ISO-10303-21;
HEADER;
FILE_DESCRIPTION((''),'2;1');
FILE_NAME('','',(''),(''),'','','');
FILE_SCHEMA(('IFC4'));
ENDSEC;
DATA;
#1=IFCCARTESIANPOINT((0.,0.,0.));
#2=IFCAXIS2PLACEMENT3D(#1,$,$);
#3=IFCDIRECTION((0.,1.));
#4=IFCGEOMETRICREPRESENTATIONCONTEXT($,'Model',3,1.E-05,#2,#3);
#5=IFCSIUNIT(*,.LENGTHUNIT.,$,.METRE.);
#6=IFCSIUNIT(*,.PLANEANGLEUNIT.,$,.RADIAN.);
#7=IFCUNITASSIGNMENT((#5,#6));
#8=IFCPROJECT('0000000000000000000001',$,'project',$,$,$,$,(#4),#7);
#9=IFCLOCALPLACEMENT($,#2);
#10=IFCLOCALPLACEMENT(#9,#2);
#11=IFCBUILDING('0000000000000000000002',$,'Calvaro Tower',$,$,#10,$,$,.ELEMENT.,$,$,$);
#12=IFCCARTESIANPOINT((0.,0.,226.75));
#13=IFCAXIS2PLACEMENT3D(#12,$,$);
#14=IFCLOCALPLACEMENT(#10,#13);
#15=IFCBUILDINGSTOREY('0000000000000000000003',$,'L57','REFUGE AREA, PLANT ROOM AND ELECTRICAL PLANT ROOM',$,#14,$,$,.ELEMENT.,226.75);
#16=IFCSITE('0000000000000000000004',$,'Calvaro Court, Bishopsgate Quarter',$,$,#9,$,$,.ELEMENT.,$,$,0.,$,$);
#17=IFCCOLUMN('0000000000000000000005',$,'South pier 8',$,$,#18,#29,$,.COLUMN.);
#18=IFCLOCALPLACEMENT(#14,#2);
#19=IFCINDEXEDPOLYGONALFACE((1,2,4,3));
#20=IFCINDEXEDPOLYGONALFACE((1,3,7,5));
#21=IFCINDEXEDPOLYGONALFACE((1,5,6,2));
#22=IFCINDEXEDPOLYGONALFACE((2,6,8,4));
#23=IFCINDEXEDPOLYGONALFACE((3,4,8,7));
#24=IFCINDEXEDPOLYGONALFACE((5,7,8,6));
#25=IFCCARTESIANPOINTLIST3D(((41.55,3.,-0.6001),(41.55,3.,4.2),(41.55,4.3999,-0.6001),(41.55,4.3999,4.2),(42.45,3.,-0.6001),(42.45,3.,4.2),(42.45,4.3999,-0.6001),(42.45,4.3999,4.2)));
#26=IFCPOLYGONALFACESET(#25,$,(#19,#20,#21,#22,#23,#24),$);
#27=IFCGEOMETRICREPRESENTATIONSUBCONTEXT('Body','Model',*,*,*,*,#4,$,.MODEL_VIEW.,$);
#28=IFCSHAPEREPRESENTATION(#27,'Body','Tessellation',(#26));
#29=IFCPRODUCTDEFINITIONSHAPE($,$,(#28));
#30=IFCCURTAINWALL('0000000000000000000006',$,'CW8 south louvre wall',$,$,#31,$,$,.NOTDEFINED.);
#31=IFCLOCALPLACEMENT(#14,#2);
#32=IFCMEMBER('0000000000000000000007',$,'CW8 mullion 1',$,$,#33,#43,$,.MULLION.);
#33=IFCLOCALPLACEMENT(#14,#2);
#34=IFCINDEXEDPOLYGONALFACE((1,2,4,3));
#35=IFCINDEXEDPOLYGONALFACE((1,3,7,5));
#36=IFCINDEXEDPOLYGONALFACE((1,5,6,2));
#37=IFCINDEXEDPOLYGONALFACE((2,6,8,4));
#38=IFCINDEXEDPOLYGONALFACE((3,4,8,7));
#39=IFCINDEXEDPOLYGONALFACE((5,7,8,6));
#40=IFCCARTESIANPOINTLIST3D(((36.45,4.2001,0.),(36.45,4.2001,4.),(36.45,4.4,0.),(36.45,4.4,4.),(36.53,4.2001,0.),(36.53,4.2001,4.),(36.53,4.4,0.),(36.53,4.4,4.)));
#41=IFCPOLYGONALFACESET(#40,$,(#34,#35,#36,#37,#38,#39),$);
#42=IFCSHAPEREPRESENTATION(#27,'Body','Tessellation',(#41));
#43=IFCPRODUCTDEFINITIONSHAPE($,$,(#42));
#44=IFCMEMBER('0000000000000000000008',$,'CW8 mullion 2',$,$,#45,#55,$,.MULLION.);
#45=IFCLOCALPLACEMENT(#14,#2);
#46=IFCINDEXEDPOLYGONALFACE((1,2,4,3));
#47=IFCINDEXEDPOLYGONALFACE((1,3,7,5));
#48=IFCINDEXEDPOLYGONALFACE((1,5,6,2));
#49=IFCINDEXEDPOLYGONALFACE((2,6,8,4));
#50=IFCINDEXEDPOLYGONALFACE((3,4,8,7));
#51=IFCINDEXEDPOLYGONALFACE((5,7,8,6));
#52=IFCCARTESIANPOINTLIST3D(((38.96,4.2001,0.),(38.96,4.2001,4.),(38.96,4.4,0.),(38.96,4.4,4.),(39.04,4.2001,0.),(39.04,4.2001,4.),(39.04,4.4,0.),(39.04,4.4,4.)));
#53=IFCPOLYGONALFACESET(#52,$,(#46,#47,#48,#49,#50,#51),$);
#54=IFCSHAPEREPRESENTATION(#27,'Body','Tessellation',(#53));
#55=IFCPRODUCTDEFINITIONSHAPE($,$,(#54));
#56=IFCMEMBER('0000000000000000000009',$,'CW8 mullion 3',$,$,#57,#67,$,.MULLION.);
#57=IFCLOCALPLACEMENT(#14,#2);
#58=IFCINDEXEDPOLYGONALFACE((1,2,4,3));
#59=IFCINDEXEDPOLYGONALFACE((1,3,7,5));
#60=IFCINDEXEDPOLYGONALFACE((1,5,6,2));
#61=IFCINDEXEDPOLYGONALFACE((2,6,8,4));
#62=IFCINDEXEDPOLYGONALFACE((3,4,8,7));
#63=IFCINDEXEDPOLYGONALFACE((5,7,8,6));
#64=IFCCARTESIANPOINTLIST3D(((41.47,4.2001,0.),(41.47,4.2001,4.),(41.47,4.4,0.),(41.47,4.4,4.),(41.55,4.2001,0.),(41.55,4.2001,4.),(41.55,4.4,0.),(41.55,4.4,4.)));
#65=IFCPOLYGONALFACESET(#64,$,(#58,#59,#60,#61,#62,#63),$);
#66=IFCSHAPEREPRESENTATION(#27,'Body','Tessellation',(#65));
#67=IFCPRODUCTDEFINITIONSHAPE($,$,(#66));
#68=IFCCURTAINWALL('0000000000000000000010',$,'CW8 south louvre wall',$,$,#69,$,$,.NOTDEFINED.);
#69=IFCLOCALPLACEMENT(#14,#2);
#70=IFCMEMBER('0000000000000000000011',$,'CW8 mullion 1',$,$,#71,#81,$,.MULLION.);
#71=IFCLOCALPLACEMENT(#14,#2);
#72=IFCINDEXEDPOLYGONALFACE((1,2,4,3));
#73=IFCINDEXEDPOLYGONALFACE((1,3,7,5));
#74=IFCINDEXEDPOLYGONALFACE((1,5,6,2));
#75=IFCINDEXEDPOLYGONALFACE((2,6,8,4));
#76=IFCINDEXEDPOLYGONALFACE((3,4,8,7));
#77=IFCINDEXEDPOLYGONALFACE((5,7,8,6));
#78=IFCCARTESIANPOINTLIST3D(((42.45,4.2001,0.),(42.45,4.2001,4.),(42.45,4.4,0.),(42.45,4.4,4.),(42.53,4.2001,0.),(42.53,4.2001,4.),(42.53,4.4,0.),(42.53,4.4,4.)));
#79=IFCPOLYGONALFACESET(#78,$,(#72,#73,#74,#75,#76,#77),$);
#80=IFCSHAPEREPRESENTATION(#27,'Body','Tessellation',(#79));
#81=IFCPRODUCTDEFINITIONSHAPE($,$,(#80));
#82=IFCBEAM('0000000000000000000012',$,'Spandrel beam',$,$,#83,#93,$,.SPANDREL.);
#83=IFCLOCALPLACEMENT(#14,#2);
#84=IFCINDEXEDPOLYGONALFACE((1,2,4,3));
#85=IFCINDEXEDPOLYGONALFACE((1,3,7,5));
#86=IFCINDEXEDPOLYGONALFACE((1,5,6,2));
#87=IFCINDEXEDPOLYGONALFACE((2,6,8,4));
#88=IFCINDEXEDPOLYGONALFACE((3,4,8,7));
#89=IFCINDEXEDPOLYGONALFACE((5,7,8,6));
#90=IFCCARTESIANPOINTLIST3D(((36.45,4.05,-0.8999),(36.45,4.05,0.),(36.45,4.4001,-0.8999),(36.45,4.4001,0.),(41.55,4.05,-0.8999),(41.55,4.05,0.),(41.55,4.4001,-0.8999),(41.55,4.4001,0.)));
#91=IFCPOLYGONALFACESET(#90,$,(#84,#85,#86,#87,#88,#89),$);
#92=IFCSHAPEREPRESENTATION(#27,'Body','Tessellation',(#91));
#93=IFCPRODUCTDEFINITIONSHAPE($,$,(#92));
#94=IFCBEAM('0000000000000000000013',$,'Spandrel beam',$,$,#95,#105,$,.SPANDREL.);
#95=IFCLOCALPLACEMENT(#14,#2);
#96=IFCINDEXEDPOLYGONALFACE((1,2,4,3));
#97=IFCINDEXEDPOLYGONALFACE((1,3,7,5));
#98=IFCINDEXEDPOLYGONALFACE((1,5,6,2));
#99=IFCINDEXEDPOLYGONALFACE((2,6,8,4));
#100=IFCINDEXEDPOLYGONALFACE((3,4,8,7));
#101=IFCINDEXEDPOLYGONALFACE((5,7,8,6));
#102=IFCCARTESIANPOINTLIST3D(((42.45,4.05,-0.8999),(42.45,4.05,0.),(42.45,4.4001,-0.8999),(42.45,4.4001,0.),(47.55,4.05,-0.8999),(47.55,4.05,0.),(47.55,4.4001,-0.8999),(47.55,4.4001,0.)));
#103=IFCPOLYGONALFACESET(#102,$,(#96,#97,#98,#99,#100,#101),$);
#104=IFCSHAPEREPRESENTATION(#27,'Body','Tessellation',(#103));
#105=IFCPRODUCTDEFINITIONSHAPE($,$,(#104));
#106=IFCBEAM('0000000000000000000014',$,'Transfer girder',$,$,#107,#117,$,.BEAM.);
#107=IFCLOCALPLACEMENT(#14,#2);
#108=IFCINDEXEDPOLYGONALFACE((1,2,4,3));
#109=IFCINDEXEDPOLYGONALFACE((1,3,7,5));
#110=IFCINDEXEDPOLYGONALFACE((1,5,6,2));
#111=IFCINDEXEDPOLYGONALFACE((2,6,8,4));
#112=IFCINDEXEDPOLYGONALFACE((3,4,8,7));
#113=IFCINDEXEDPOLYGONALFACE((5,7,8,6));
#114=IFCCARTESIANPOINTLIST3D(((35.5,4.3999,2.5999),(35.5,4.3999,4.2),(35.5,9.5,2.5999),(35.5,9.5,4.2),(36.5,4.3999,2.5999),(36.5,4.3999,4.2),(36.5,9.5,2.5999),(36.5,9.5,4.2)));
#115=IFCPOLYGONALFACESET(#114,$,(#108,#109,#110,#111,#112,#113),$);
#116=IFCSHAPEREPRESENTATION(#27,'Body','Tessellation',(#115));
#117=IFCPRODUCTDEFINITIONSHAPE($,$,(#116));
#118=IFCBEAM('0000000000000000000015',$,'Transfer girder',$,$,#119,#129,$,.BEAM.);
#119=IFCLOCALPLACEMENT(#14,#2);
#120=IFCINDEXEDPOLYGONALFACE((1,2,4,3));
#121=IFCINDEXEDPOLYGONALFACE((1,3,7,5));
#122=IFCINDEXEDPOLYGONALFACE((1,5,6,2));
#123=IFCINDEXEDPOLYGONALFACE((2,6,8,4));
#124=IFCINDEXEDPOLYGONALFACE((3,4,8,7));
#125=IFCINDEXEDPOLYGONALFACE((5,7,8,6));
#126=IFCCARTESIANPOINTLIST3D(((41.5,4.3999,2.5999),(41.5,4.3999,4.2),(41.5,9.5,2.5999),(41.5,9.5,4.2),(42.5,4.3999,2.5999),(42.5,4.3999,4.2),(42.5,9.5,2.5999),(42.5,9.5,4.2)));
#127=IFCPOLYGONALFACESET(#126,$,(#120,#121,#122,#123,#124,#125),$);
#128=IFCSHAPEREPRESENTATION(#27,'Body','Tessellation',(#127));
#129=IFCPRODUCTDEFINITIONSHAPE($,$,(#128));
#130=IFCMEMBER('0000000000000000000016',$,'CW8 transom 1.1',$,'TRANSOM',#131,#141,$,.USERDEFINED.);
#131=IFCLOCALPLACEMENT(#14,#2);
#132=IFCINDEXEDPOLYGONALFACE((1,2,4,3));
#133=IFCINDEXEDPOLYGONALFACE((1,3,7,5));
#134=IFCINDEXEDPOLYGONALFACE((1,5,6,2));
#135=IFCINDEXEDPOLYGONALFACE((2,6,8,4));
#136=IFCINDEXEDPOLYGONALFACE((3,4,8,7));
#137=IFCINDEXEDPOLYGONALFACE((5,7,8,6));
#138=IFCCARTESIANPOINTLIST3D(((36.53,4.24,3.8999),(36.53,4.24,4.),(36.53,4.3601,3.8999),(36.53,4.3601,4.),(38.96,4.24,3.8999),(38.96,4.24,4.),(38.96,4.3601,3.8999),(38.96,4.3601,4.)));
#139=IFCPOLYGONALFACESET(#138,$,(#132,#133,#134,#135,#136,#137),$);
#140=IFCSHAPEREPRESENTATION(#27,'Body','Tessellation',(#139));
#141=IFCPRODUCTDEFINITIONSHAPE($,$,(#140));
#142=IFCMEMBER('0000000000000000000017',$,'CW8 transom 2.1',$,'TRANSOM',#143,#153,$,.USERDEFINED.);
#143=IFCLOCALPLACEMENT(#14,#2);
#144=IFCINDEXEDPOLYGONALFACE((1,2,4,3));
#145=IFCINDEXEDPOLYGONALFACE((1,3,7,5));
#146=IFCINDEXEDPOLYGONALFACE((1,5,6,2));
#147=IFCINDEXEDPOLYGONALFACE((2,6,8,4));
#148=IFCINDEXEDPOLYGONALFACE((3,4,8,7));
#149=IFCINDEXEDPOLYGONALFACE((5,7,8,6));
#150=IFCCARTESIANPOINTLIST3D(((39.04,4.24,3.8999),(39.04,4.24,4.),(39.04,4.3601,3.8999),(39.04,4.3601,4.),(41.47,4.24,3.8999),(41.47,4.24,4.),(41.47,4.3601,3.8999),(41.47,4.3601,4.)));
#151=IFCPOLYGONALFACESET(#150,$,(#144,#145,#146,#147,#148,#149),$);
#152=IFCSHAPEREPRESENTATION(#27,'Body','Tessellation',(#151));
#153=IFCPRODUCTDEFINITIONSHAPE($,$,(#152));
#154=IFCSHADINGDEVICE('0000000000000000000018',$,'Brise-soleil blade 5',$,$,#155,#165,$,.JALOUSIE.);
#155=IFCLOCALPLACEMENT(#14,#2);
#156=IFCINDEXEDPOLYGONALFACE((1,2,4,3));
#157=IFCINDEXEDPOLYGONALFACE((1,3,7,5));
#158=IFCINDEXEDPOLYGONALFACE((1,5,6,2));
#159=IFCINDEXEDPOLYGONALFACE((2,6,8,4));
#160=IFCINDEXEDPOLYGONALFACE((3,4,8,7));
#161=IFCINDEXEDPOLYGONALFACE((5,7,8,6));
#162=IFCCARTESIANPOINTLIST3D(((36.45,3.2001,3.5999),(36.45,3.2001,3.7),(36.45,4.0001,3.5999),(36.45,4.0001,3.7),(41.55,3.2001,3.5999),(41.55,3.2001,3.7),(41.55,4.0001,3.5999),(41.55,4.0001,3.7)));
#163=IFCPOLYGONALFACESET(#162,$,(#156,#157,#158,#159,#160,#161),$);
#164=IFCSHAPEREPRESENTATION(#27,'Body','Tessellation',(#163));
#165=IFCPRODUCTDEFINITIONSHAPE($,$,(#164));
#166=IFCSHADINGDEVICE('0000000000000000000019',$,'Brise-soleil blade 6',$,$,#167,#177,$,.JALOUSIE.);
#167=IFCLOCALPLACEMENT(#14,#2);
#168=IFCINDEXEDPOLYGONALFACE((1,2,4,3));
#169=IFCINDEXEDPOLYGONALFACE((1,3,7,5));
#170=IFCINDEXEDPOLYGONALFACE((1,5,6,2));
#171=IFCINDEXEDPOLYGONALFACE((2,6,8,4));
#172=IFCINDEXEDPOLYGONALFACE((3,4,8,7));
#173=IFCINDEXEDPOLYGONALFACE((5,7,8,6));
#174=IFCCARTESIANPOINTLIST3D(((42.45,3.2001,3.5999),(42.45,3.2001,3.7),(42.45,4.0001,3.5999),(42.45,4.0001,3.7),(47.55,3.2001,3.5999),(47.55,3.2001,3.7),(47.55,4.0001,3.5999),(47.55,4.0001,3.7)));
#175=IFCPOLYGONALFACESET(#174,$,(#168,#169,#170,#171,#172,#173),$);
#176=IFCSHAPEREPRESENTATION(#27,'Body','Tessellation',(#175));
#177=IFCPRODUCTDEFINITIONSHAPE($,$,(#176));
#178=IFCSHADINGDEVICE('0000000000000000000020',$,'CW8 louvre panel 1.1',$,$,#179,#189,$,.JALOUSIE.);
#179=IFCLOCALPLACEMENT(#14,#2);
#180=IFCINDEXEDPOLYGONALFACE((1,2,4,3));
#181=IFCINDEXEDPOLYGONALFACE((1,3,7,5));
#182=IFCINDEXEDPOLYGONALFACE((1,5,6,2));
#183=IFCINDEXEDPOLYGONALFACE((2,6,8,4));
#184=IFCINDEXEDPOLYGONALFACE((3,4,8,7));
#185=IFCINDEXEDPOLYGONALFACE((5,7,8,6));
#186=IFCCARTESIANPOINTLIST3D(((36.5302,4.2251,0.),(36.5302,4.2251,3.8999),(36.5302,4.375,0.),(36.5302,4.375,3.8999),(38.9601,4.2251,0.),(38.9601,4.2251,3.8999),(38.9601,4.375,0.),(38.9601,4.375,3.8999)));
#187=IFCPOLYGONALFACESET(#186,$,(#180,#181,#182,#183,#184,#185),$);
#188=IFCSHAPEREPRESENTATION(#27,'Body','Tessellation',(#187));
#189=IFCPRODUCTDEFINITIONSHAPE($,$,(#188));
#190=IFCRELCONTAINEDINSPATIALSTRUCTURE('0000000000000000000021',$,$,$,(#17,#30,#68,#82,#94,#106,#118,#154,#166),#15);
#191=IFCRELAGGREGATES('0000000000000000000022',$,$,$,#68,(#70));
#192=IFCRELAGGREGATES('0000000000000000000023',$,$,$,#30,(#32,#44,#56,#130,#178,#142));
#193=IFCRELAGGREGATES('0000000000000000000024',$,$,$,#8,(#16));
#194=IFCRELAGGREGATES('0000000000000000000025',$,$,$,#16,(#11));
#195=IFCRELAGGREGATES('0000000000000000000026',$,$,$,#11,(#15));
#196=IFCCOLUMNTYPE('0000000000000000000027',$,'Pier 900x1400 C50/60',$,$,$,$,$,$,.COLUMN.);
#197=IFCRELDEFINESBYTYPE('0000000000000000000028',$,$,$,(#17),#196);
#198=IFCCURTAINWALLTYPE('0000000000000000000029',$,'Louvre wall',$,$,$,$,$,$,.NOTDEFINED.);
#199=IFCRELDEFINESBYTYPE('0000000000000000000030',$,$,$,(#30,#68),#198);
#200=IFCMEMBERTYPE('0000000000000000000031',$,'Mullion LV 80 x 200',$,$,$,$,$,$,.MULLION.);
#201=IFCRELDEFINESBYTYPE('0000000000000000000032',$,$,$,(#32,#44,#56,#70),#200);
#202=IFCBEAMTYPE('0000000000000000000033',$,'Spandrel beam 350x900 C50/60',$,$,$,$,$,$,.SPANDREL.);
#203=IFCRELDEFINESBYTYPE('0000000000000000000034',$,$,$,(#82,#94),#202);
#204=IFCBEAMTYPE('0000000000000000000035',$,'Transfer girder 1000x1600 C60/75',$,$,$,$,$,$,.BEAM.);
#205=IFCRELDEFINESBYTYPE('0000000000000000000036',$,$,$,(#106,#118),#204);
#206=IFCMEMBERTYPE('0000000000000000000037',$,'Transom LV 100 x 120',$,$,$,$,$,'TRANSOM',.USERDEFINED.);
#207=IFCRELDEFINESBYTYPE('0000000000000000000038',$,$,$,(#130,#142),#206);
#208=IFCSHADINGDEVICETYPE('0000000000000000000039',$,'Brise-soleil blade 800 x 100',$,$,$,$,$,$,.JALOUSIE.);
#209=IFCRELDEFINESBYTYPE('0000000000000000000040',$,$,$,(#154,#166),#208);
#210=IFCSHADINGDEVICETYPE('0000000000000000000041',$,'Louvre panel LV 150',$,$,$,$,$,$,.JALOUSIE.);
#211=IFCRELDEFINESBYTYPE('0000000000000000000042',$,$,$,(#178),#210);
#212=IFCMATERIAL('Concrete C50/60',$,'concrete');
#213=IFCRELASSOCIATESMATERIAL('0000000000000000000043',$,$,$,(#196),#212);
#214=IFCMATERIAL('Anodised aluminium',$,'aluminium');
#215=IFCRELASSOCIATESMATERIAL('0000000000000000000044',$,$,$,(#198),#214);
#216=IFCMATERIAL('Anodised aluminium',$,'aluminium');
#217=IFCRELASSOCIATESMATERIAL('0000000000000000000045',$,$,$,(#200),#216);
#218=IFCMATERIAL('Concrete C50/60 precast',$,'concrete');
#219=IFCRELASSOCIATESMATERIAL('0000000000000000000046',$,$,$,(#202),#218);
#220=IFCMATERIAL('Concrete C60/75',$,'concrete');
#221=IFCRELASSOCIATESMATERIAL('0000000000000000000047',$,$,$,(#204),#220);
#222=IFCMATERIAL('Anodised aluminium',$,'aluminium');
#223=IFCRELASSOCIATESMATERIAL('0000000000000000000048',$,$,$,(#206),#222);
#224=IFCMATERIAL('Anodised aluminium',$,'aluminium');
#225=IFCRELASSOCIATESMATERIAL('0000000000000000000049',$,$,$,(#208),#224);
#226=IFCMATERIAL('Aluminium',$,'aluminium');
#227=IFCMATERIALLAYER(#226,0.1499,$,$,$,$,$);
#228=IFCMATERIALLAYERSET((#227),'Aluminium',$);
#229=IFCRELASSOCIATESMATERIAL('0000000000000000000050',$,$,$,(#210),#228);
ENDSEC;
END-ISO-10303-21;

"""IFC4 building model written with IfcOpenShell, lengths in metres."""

from ifc_helpers import new_model, si_unit, direction, frame, origin, origin_2d, place, context, subcontext, project, spatial, rectangle, extrude, material, layer, layer_set, material_profile, profile_set, type_object, element, aggregate, save


model = new_model("IFC4")

# Units and contexts
model_context = context("Model", 3, precision=1e-05, world=origin(), true_north=direction((0.0, 1.0)))
body_context = subcontext(model_context, "Body", "Model", "MODEL_VIEW")
ifc_project = project(units=[si_unit("LENGTHUNIT", "METRE"), si_unit("PLANEANGLEUNIT", "RADIAN")], contexts=[model_context])

# Site, building, storey
site_placement = place(None, origin())
site = spatial("IfcSite", under=ifc_project, at=site_placement, Name="Calvaro Court, Bishopsgate Quarter", CompositionType="ELEMENT", RefElevation=0.0)
building_placement = place(site_placement, origin())
building = spatial("IfcBuilding", under=site, at=building_placement, Name="Calvaro Tower", CompositionType="ELEMENT")
storey_placement = place(building_placement, frame((0.0, 0.0, 226.75)))
storey = spatial("IfcBuildingStorey", under=building, at=storey_placement, Name="L57", Description="REFUGE AREA, PLANT ROOM AND ELECTRICAL PLANT ROOM", CompositionType="ELEMENT", Elevation=226.75)

# Column
ifc_material_1 = material(Name="Concrete C50/60", Category="concrete")
ifc_material_profile_1 = material_profile(ifc_material_1, rectangle(XDim=0.8999, YDim=1.3999, at=origin_2d()), Name="RC 900x1400")
ifc_profile_set_1 = profile_set([ifc_material_profile_1], Name="Concrete C50/60")
column_type = type_object("IfcColumnType", Name="Pier 900x1400 C50/60", PredefinedType="COLUMN", material=ifc_profile_set_1)
column_placement = place(storey_placement, frame((42.0, 3.7, -0.6001), z_axis=(0.0, 0.0, 1.0), x_axis=(1.0, 0.0, 0.0)))
element("IfcColumn", 1, at=column_placement, inside=storey, type_object=column_type, Name="South pier 8", PredefinedType="COLUMN", context=body_context, shape_type="SweptSolid", body=[
    extrude(rectangle(XDim=0.8999, YDim=1.3999, at=origin_2d()), origin(), (0.0, 0.0, 1.0), 4.8),
])

# Curtain wall, members
ifc_material_2 = material(Name="Anodised aluminium", Category="aluminium")
curtain_wall_type = type_object("IfcCurtainWallType", Name="Louvre wall", PredefinedType="NOTDEFINED", material=ifc_material_2)
curtain_wall_1_placement = place(storey_placement, origin())
curtain_wall_1 = element("IfcCurtainWall", 2, at=curtain_wall_1_placement, inside=storey, type_object=curtain_wall_type, Name="CW8 south louvre wall", PredefinedType="NOTDEFINED")
ifc_material_3 = material(Name="Anodised aluminium", Category="aluminium")
ifc_material_profile_2 = material_profile(ifc_material_3, rectangle(XDim=0.2, YDim=0.0801, at=origin_2d()), Name="Mullion LV 80 x 200")
ifc_profile_set_2 = profile_set([ifc_material_profile_2], Name="Anodised aluminium")
member_type_1 = type_object("IfcMemberType", Name="Mullion LV 80 x 200", PredefinedType="MULLION", material=ifc_profile_set_2)
member_1_placement = place(storey_placement, frame((36.49, 4.3, 0.0), z_axis=(0.0, 0.0, 1.0), x_axis=(0.0, 1.0, 0.0)))
member_1 = element("IfcMember", 3, at=member_1_placement, type_object=member_type_1, Name="CW8 mullion 1", PredefinedType="MULLION", context=body_context, shape_type="SweptSolid", body=[
    extrude(rectangle(XDim=0.2, YDim=0.0801, at=origin_2d()), origin(), (0.0, 0.0, 1.0), 4.0),
])
member_2_placement = place(storey_placement, frame((39.0, 4.3, 0.0), z_axis=(0.0, 0.0, 1.0), x_axis=(0.0, 1.0, 0.0)))
member_2 = element("IfcMember", 4, at=member_2_placement, type_object=member_type_1, Name="CW8 mullion 2", PredefinedType="MULLION", context=body_context, shape_type="SweptSolid", body=[
    extrude(rectangle(XDim=0.2, YDim=0.0801, at=origin_2d()), origin(), (0.0, 0.0, 1.0), 4.0),
])
member_3_placement = place(storey_placement, frame((41.51, 4.3, 0.0), z_axis=(0.0, 0.0, 1.0), x_axis=(0.0, 1.0, 0.0)))
member_3 = element("IfcMember", 5, at=member_3_placement, type_object=member_type_1, Name="CW8 mullion 3", PredefinedType="MULLION", context=body_context, shape_type="SweptSolid", body=[
    extrude(rectangle(XDim=0.2, YDim=0.0801, at=origin_2d()), origin(), (0.0, 0.0, 1.0), 4.0),
])

# Curtain wall, member
curtain_wall_2_placement = place(storey_placement, origin())
curtain_wall_2 = element("IfcCurtainWall", 6, at=curtain_wall_2_placement, inside=storey, type_object=curtain_wall_type, Name="CW8 south louvre wall", PredefinedType="NOTDEFINED")
member_4_placement = place(storey_placement, frame((42.49, 4.3, 0.0), z_axis=(0.0, 0.0, 1.0), x_axis=(0.0, 1.0, 0.0)))
member_4 = element("IfcMember", 7, at=member_4_placement, type_object=member_type_1, Name="CW8 mullion 1", PredefinedType="MULLION", context=body_context, shape_type="SweptSolid", body=[
    extrude(rectangle(XDim=0.2, YDim=0.0801, at=origin_2d()), origin(), (0.0, 0.0, 1.0), 4.0),
])
aggregate(curtain_wall_2, [member_4])

# Beams
ifc_material_4 = material(Name="Concrete C50/60 precast", Category="concrete")
ifc_material_profile_3 = material_profile(ifc_material_4, rectangle(XDim=0.3501, YDim=0.8999, at=origin_2d()), Name="RC 350x900")
ifc_profile_set_3 = profile_set([ifc_material_profile_3], Name="Concrete C50/60 precast")
beam_type_1 = type_object("IfcBeamType", Name="Spandrel beam 350x900 C50/60", PredefinedType="SPANDREL", material=ifc_profile_set_3)
for number, where, z_axis, x_axis, name in (
    (8, (36.45, 4.2251, -0.45), (1.0, 0.0, 0.0), (0.0, 1.0, 0.0), "Spandrel beam"),
    (9, (42.45, 4.2251, -0.45), (1.0, 0.0, 0.0), (0.0, 1.0, 0.0), "Spandrel beam"),
):
    element("IfcBeam", number, at=place(storey_placement, frame(where, z_axis=z_axis, x_axis=x_axis)), inside=storey, type_object=beam_type_1, Name=name, PredefinedType="SPANDREL", context=body_context, shape_type="SweptSolid", body=[
        extrude(rectangle(XDim=0.3501, YDim=0.8999, at=origin_2d()), origin(), (0.0, 0.0, 1.0), 5.1001),
    ])
ifc_material_5 = material(Name="Concrete C60/75", Category="concrete")
ifc_material_profile_4 = material_profile(ifc_material_5, rectangle(XDim=1.0, YDim=1.6001, at=origin_2d()), Name="RC 1000x1600")
ifc_profile_set_4 = profile_set([ifc_material_profile_4], Name="Concrete C60/75")
beam_type_2 = type_object("IfcBeamType", Name="Transfer girder 1000x1600 C60/75", PredefinedType="BEAM", material=ifc_profile_set_4)
for number, where, z_axis, x_axis, name in (
    (10, (36.0, 4.3999, 3.3999), (0.0, 1.0, 0.0), (-1.0, 0.0, 0.0), "Transfer girder"),
    (11, (42.0, 4.3999, 3.3999), (0.0, 1.0, 0.0), (-1.0, 0.0, 0.0), "Transfer girder"),
):
    element("IfcBeam", number, at=place(storey_placement, frame(where, z_axis=z_axis, x_axis=x_axis)), inside=storey, type_object=beam_type_2, Name=name, PredefinedType="BEAM", context=body_context, shape_type="SweptSolid", body=[
        extrude(rectangle(XDim=1.0, YDim=1.6001, at=origin_2d()), origin(), (0.0, 0.0, 1.0), 5.1001),
    ])

# Members
ifc_material_6 = material(Name="Anodised aluminium", Category="aluminium")
ifc_material_profile_5 = material_profile(ifc_material_6, rectangle(XDim=0.1201, YDim=0.1001, at=origin_2d()), Name="Transom LV 100 x 120")
ifc_profile_set_5 = profile_set([ifc_material_profile_5], Name="Anodised aluminium")
member_type_2 = type_object("IfcMemberType", Name="Transom LV 100 x 120", ElementType="TRANSOM", PredefinedType="USERDEFINED", material=ifc_profile_set_5)
member_5_placement = place(storey_placement, frame((36.53, 4.3, 3.95), z_axis=(1.0, 0.0, 0.0), x_axis=(0.0, 1.0, 0.0)))
member_5 = element("IfcMember", 12, at=member_5_placement, type_object=member_type_2, Name="CW8 transom 1.1", ObjectType="TRANSOM", PredefinedType="USERDEFINED", context=body_context, shape_type="SweptSolid", body=[
    extrude(rectangle(XDim=0.1201, YDim=0.1001, at=origin_2d()), origin(), (0.0, 0.0, 1.0), 2.4299),
])
member_6_placement = place(storey_placement, frame((39.04, 4.3, 3.95), z_axis=(1.0, 0.0, 0.0), x_axis=(0.0, 1.0, 0.0)))
member_6 = element("IfcMember", 13, at=member_6_placement, type_object=member_type_2, Name="CW8 transom 2.1", ObjectType="TRANSOM", PredefinedType="USERDEFINED", context=body_context, shape_type="SweptSolid", body=[
    extrude(rectangle(XDim=0.1201, YDim=0.1001, at=origin_2d()), origin(), (0.0, 0.0, 1.0), 2.4299),
])

# Shading devices
ifc_material_7 = material(Name="Anodised aluminium", Category="aluminium")
ifc_material_profile_6 = material_profile(ifc_material_7, rectangle(XDim=0.8, YDim=0.1001, at=origin_2d()), Name="Brise-soleil blade 800 x 100")
ifc_profile_set_6 = profile_set([ifc_material_profile_6], Name="Anodised aluminium")
shading_device_type_1 = type_object("IfcShadingDeviceType", Name="Brise-soleil blade 800 x 100", PredefinedType="JALOUSIE", material=ifc_profile_set_6)
for number, where, z_axis, x_axis, name in (
    (14, (36.45, 3.6001, 3.6499), (1.0, 0.0, 0.0), (0.0, 1.0, 0.0), "Brise-soleil blade 5"),
    (15, (42.45, 3.6001, 3.6499), (1.0, 0.0, 0.0), (0.0, 1.0, 0.0), "Brise-soleil blade 6"),
):
    element("IfcShadingDevice", number, at=place(storey_placement, frame(where, z_axis=z_axis, x_axis=x_axis)), inside=storey, type_object=shading_device_type_1, Name=name, PredefinedType="JALOUSIE", context=body_context, shape_type="SweptSolid", body=[
        extrude(rectangle(XDim=0.8, YDim=0.1001, at=origin_2d()), origin(), (0.0, 0.0, 1.0), 5.1001),
    ])

# Shading device
ifc_material_8 = material(Name="Aluminium", Category="aluminium")
ifc_layer = layer(ifc_material_8, 0.1499)
ifc_layer_set = layer_set([ifc_layer], Name="Aluminium")
shading_device_type_2 = type_object("IfcShadingDeviceType", Name="Louvre panel LV 150", PredefinedType="JALOUSIE", material=ifc_layer_set)
shading_device_1_placement = place(storey_placement, frame((37.7451, 4.3, 0.0), z_axis=(0.0, 0.0, 1.0), x_axis=(1.0, 0.0, 0.0)))
shading_device_1 = element("IfcShadingDevice", 16, at=shading_device_1_placement, type_object=shading_device_type_2, Name="CW8 louvre panel 1.1", PredefinedType="JALOUSIE", context=body_context, shape_type="SweptSolid", body=[
    extrude(rectangle(XDim=2.4299, YDim=0.1499, at=origin_2d()), origin(), (0.0, 0.0, 1.0), 3.8999),
])
aggregate(curtain_wall_1, [member_1, member_2, member_3, member_5, shading_device_1, member_6])

save(model, "model.ifc")
